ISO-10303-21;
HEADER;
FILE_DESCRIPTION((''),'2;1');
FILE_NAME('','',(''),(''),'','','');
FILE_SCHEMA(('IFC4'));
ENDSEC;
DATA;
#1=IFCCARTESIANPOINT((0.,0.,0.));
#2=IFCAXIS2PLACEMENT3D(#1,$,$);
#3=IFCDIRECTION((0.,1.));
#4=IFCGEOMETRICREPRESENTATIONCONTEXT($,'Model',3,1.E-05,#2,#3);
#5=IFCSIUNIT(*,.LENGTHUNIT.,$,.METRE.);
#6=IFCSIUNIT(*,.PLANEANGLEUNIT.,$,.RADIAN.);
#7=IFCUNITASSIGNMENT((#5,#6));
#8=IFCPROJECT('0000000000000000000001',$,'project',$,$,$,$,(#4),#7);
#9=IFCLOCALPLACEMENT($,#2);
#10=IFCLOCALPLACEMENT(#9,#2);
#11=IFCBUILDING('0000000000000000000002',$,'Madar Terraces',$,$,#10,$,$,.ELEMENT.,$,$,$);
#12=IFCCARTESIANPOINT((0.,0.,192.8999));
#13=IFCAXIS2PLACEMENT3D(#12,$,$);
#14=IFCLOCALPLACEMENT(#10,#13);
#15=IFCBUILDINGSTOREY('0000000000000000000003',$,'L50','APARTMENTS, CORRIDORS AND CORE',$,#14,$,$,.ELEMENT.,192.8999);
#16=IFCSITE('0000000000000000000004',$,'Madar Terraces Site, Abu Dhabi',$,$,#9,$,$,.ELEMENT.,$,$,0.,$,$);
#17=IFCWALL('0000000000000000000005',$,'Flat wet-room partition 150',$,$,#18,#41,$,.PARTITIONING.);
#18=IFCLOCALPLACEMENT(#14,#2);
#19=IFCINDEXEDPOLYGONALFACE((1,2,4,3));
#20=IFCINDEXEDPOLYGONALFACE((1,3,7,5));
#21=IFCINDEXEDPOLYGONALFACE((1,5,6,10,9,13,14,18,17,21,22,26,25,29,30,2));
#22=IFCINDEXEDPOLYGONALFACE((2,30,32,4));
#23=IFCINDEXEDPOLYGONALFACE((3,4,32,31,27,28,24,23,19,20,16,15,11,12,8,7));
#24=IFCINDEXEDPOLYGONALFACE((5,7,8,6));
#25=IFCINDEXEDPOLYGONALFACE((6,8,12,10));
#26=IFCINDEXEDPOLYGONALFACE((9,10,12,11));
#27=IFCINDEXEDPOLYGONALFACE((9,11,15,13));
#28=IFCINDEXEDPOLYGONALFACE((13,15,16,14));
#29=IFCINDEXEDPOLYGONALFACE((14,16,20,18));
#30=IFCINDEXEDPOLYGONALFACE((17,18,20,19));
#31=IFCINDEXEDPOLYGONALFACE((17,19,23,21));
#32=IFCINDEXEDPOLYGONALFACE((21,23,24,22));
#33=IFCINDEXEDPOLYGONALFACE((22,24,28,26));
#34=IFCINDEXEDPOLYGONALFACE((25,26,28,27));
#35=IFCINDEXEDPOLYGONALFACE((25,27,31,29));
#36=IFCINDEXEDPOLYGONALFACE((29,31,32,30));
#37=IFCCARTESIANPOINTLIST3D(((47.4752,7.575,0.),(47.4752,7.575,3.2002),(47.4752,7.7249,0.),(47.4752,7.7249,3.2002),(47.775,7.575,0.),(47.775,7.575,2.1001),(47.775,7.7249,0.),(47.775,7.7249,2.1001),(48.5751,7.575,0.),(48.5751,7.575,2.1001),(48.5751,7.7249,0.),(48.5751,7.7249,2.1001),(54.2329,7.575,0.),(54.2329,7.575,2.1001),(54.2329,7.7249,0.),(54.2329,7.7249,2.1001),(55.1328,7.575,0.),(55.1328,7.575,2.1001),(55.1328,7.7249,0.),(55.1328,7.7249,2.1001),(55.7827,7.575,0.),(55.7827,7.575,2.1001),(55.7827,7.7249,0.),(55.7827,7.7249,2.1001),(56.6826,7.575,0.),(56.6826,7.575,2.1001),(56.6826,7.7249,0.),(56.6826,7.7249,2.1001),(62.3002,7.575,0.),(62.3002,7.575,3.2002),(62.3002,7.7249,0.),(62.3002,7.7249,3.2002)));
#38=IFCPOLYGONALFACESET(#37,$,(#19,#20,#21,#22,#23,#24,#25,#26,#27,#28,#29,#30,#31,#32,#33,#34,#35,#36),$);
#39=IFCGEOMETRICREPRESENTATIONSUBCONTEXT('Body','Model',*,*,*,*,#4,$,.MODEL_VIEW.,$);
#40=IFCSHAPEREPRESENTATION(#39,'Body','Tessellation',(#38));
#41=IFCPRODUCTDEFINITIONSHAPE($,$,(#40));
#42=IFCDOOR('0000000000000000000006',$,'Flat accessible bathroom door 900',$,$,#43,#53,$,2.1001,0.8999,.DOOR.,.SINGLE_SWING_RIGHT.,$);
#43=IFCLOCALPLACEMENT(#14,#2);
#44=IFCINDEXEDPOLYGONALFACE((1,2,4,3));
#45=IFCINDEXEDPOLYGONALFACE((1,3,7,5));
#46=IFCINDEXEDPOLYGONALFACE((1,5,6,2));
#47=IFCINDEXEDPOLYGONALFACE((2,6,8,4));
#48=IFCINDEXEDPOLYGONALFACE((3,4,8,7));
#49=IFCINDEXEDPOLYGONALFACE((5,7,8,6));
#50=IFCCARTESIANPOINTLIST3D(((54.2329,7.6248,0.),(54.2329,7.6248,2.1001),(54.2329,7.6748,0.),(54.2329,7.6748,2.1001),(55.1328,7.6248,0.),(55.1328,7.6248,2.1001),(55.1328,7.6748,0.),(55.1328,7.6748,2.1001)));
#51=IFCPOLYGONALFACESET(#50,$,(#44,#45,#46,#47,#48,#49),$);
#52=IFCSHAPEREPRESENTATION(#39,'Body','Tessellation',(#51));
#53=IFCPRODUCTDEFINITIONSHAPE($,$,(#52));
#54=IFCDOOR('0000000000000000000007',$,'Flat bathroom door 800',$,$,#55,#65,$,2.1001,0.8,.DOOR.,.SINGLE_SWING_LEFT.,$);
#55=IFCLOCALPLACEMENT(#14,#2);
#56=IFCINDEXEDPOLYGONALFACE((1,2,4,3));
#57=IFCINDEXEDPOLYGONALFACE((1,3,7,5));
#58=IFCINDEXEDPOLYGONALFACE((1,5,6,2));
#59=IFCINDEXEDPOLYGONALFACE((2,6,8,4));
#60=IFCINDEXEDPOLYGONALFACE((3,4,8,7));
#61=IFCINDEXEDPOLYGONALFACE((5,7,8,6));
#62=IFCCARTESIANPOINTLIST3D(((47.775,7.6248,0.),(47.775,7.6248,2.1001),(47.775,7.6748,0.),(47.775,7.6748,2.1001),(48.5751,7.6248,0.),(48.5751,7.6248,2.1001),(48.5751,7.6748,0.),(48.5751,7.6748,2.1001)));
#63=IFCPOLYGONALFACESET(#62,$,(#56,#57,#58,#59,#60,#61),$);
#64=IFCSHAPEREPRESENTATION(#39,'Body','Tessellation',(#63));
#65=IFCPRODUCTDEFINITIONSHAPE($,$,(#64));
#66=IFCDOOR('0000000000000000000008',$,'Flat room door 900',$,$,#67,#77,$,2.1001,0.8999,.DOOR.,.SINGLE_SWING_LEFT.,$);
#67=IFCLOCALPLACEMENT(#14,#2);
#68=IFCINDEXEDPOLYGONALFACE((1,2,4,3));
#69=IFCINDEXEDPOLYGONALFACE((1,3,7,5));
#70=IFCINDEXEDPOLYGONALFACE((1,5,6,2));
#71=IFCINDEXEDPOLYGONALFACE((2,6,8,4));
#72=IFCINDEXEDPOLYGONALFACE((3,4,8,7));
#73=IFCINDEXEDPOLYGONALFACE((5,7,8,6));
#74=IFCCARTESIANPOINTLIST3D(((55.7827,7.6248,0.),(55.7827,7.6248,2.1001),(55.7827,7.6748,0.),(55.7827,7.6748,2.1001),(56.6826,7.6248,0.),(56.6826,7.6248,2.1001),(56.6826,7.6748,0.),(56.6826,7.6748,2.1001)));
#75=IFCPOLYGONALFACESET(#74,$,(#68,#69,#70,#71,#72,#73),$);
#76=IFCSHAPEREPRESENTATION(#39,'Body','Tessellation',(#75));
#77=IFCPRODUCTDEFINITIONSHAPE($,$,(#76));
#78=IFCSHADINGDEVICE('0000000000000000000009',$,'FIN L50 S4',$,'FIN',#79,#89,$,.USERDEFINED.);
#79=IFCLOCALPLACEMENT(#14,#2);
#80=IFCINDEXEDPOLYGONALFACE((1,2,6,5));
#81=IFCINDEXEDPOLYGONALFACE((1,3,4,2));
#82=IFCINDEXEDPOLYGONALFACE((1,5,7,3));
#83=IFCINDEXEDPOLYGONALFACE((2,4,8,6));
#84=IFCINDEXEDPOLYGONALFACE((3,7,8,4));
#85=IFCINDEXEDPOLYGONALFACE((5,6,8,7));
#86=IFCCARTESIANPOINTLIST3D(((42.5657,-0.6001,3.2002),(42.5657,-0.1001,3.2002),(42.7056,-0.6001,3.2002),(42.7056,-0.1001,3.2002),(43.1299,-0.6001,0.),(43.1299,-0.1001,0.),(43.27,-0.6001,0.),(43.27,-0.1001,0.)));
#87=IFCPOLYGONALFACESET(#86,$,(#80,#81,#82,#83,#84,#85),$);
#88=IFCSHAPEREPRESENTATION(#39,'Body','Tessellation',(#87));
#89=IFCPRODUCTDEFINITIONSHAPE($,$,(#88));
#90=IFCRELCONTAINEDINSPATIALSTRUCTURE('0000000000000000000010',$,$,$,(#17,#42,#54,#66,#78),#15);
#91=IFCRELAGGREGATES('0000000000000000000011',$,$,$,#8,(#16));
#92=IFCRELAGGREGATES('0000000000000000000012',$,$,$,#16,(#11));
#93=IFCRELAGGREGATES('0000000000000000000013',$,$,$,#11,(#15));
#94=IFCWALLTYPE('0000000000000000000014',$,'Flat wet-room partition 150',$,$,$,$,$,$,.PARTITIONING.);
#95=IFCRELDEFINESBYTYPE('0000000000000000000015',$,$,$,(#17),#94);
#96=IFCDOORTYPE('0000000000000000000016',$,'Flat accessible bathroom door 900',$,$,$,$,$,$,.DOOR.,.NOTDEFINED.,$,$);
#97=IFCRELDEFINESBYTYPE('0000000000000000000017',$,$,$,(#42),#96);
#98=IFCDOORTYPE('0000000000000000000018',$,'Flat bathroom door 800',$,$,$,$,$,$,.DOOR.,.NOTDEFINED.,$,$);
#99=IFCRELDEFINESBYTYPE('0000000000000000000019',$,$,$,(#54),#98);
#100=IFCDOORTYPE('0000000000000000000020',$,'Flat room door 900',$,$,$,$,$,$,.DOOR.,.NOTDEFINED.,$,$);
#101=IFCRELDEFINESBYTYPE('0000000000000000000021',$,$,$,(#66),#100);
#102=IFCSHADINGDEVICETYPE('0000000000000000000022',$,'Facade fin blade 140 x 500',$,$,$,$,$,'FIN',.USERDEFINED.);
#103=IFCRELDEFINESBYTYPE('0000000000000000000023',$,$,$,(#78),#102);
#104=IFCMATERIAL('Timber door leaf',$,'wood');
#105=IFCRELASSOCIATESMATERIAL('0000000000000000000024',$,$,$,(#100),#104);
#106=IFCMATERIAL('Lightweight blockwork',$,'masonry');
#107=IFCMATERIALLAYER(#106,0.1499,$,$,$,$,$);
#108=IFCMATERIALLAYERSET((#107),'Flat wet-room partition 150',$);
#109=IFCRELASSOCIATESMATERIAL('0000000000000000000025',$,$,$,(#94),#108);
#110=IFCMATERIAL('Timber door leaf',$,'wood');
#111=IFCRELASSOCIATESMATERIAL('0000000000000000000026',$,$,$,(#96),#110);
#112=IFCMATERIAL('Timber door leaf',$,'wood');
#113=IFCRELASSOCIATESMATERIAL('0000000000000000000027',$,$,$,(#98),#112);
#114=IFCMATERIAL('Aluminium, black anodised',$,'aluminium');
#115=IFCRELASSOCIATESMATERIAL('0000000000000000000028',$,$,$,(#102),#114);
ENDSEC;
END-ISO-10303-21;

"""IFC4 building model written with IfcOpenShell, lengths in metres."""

from ifc_helpers import new_model, si_unit, direction, frame, frame_2d, origin, place, context, subcontext, project, spatial, polyline, rectangle, outline, extrude, material, layer, layer_set, type_object, element, fill, save


model = new_model("IFC4")

# Units and contexts
model_context = context("Model", 3, precision=1e-05, world=origin(), true_north=direction((0.0, 1.0)))
body_context = subcontext(model_context, "Body", "Model", "MODEL_VIEW")
ifc_project = project(units=[si_unit("LENGTHUNIT", "METRE"), si_unit("PLANEANGLEUNIT", "RADIAN")], contexts=[model_context])

# Site, building, storey
site_placement = place(None, origin())
site = spatial("IfcSite", under=ifc_project, at=site_placement, Name="Madar Terraces Site, Abu Dhabi", CompositionType="ELEMENT", RefElevation=0.0)
building_placement = place(site_placement, origin())
building = spatial("IfcBuilding", under=site, at=building_placement, Name="Madar Terraces", CompositionType="ELEMENT")
storey_placement = place(building_placement, frame((0.0, 0.0, 192.8999)))
storey = spatial("IfcBuildingStorey", under=building, at=storey_placement, Name="L50", Description="APARTMENTS, CORRIDORS AND CORE", CompositionType="ELEMENT", Elevation=192.8999)

# Shared definitions
ifc_material_1 = material(Name="Timber door leaf", Category="wood")
door_type_1 = type_object("IfcDoorType", Name="Flat room door 900", OperationType="NOTDEFINED", PredefinedType="DOOR", material=ifc_material_1)

# Shared definitions
ifc_material_2 = material(Name="Lightweight blockwork", Category="masonry")
ifc_layer_1 = layer(ifc_material_2, 0.1499)
ifc_layer_set_1 = layer_set([ifc_layer_1], Name="Flat wet-room partition 150")
wall_type_1 = type_object("IfcWallType", Name="Flat wet-room partition 150", PredefinedType="PARTITIONING", material=ifc_layer_set_1)

# Wall, openings, doors
wall_1_placement = place(storey_placement, frame((47.4751, 7.6499, 0.0), z_axis=(0.0, 0.0, 1.0), x_axis=(1.0, 0.0, 0.0)))
wall_1 = element("IfcWall", 1, at=wall_1_placement, inside=storey, type_object=wall_type_1, Name="Flat wet-room partition 150", PredefinedType="PARTITIONING", context=body_context, shape_type="SweptSolid", body=[
    extrude(rectangle(XDim=14.825, YDim=0.1499, at=frame_2d((7.4126, 0.0))), origin(), (0.0, 0.0, 1.0), 3.2002),
])
opening_1_placement = place(wall_1_placement, frame((0.3, 0.0, 0.0)))
opening_1 = element("IfcOpeningElement", 2, at=opening_1_placement, cuts=wall_1, PredefinedType="OPENING", context=body_context, shape_type="SweptSolid", body=[
    extrude(rectangle(XDim=0.8, YDim=2.1001, at=frame_2d((0.3999, 1.05))), frame((0.0, 0.085, 0.0), z_axis=(0.0, -1.0, 0.0), x_axis=(1.0, 0.0, 0.0)), (0.0, 0.0, 1.0), 0.1699),
])
opening_2_placement = place(wall_1_placement, frame((6.7578, 0.0, 0.0)))
opening_2 = element("IfcOpeningElement", 3, at=opening_2_placement, cuts=wall_1, PredefinedType="OPENING", context=body_context, shape_type="SweptSolid", body=[
    extrude(rectangle(XDim=0.8999, YDim=2.1001, at=frame_2d((0.45, 1.05))), frame((0.0, 0.085, 0.0), z_axis=(0.0, -1.0, 0.0), x_axis=(1.0, 0.0, 0.0)), (0.0, 0.0, 1.0), 0.1699),
])
opening_3_placement = place(wall_1_placement, frame((8.3076, 0.0, 0.0)))
opening_3 = element("IfcOpeningElement", 4, at=opening_3_placement, cuts=wall_1, PredefinedType="OPENING", context=body_context, shape_type="SweptSolid", body=[
    extrude(rectangle(XDim=0.8999, YDim=2.1001, at=frame_2d((0.45, 1.05))), frame((0.0, 0.085, 0.0), z_axis=(0.0, -1.0, 0.0), x_axis=(1.0, 0.0, 0.0)), (0.0, 0.0, 1.0), 0.1699),
])
ifc_material_3 = material(Name="Timber door leaf", Category="wood")
door_type_2 = type_object("IfcDoorType", Name="Flat accessible bathroom door 900", OperationType="NOTDEFINED", PredefinedType="DOOR", material=ifc_material_3)
door_1_placement = place(opening_2_placement, origin())
door_1 = element("IfcDoor", 5, at=door_1_placement, inside=storey, type_object=door_type_2, Name="Flat accessible bathroom door 900", OperationType="SINGLE_SWING_RIGHT", OverallHeight=2.1001, OverallWidth=0.8999, PredefinedType="DOOR", context=body_context, shape_type="SweptSolid", body=[
    extrude(rectangle(XDim=0.8999, YDim=2.1001, at=frame_2d((0.45, 1.05))), frame((0.0, 0.0249, 0.0), z_axis=(0.0, -1.0, 0.0), x_axis=(1.0, 0.0, 0.0)), (0.0, 0.0, 1.0), 0.05),
])
fill(opening_2, door_1)
ifc_material_4 = material(Name="Timber door leaf", Category="wood")
door_type_3 = type_object("IfcDoorType", Name="Flat bathroom door 800", OperationType="NOTDEFINED", PredefinedType="DOOR", material=ifc_material_4)
door_2_placement = place(opening_1_placement, origin())
door_2 = element("IfcDoor", 6, at=door_2_placement, inside=storey, type_object=door_type_3, Name="Flat bathroom door 800", OperationType="SINGLE_SWING_LEFT", OverallHeight=2.1001, OverallWidth=0.8, PredefinedType="DOOR", context=body_context, shape_type="SweptSolid", body=[
    extrude(rectangle(XDim=0.8, YDim=2.1001, at=frame_2d((0.3999, 1.05))), frame((0.0, 0.0249, 0.0), z_axis=(0.0, -1.0, 0.0), x_axis=(1.0, 0.0, 0.0)), (0.0, 0.0, 1.0), 0.05),
])
fill(opening_1, door_2)
door_3_placement = place(opening_3_placement, origin())
door_3 = element("IfcDoor", 7, at=door_3_placement, inside=storey, type_object=door_type_1, Name="Flat room door 900", OperationType="SINGLE_SWING_LEFT", OverallHeight=2.1001, OverallWidth=0.8999, PredefinedType="DOOR", context=body_context, shape_type="SweptSolid", body=[
    extrude(rectangle(XDim=0.8999, YDim=2.1001, at=frame_2d((0.45, 1.05))), frame((0.0, 0.0249, 0.0), z_axis=(0.0, -1.0, 0.0), x_axis=(1.0, 0.0, 0.0)), (0.0, 0.0, 1.0), 0.05),
])
fill(opening_3, door_3)

# Shading device
ifc_material_5 = material(Name="Aluminium, black anodised", Category="aluminium")
shading_device_type = type_object("IfcShadingDeviceType", Name="Facade fin blade 140 x 500", ElementType="FIN", PredefinedType="USERDEFINED", material=ifc_material_5)
shading_device_placement = place(storey_placement, frame((43.1299, -0.3501, 0.0), z_axis=(0.0, 0.0, 1.0), x_axis=(1.0, 0.0, 0.0)))
element("IfcShadingDevice", 8, at=shading_device_placement, inside=storey, type_object=shading_device_type, Name="FIN L50 S4", ObjectType="FIN", PredefinedType="USERDEFINED", context=body_context, shape_type="SweptSolid", body=[
    extrude(outline(polyline([(0.0, 0.0), (0.1401, 0.0), (-0.4243, 3.2002), (-0.5642, 3.2002), (0.0, 0.0)])), frame((0.0, 0.25, 0.0), z_axis=(0.0, -1.0, 0.0), x_axis=(1.0, 0.0, 0.0)), (0.0, 0.0, 1.0), 0.5),
])

save(model, "model.ifc")
